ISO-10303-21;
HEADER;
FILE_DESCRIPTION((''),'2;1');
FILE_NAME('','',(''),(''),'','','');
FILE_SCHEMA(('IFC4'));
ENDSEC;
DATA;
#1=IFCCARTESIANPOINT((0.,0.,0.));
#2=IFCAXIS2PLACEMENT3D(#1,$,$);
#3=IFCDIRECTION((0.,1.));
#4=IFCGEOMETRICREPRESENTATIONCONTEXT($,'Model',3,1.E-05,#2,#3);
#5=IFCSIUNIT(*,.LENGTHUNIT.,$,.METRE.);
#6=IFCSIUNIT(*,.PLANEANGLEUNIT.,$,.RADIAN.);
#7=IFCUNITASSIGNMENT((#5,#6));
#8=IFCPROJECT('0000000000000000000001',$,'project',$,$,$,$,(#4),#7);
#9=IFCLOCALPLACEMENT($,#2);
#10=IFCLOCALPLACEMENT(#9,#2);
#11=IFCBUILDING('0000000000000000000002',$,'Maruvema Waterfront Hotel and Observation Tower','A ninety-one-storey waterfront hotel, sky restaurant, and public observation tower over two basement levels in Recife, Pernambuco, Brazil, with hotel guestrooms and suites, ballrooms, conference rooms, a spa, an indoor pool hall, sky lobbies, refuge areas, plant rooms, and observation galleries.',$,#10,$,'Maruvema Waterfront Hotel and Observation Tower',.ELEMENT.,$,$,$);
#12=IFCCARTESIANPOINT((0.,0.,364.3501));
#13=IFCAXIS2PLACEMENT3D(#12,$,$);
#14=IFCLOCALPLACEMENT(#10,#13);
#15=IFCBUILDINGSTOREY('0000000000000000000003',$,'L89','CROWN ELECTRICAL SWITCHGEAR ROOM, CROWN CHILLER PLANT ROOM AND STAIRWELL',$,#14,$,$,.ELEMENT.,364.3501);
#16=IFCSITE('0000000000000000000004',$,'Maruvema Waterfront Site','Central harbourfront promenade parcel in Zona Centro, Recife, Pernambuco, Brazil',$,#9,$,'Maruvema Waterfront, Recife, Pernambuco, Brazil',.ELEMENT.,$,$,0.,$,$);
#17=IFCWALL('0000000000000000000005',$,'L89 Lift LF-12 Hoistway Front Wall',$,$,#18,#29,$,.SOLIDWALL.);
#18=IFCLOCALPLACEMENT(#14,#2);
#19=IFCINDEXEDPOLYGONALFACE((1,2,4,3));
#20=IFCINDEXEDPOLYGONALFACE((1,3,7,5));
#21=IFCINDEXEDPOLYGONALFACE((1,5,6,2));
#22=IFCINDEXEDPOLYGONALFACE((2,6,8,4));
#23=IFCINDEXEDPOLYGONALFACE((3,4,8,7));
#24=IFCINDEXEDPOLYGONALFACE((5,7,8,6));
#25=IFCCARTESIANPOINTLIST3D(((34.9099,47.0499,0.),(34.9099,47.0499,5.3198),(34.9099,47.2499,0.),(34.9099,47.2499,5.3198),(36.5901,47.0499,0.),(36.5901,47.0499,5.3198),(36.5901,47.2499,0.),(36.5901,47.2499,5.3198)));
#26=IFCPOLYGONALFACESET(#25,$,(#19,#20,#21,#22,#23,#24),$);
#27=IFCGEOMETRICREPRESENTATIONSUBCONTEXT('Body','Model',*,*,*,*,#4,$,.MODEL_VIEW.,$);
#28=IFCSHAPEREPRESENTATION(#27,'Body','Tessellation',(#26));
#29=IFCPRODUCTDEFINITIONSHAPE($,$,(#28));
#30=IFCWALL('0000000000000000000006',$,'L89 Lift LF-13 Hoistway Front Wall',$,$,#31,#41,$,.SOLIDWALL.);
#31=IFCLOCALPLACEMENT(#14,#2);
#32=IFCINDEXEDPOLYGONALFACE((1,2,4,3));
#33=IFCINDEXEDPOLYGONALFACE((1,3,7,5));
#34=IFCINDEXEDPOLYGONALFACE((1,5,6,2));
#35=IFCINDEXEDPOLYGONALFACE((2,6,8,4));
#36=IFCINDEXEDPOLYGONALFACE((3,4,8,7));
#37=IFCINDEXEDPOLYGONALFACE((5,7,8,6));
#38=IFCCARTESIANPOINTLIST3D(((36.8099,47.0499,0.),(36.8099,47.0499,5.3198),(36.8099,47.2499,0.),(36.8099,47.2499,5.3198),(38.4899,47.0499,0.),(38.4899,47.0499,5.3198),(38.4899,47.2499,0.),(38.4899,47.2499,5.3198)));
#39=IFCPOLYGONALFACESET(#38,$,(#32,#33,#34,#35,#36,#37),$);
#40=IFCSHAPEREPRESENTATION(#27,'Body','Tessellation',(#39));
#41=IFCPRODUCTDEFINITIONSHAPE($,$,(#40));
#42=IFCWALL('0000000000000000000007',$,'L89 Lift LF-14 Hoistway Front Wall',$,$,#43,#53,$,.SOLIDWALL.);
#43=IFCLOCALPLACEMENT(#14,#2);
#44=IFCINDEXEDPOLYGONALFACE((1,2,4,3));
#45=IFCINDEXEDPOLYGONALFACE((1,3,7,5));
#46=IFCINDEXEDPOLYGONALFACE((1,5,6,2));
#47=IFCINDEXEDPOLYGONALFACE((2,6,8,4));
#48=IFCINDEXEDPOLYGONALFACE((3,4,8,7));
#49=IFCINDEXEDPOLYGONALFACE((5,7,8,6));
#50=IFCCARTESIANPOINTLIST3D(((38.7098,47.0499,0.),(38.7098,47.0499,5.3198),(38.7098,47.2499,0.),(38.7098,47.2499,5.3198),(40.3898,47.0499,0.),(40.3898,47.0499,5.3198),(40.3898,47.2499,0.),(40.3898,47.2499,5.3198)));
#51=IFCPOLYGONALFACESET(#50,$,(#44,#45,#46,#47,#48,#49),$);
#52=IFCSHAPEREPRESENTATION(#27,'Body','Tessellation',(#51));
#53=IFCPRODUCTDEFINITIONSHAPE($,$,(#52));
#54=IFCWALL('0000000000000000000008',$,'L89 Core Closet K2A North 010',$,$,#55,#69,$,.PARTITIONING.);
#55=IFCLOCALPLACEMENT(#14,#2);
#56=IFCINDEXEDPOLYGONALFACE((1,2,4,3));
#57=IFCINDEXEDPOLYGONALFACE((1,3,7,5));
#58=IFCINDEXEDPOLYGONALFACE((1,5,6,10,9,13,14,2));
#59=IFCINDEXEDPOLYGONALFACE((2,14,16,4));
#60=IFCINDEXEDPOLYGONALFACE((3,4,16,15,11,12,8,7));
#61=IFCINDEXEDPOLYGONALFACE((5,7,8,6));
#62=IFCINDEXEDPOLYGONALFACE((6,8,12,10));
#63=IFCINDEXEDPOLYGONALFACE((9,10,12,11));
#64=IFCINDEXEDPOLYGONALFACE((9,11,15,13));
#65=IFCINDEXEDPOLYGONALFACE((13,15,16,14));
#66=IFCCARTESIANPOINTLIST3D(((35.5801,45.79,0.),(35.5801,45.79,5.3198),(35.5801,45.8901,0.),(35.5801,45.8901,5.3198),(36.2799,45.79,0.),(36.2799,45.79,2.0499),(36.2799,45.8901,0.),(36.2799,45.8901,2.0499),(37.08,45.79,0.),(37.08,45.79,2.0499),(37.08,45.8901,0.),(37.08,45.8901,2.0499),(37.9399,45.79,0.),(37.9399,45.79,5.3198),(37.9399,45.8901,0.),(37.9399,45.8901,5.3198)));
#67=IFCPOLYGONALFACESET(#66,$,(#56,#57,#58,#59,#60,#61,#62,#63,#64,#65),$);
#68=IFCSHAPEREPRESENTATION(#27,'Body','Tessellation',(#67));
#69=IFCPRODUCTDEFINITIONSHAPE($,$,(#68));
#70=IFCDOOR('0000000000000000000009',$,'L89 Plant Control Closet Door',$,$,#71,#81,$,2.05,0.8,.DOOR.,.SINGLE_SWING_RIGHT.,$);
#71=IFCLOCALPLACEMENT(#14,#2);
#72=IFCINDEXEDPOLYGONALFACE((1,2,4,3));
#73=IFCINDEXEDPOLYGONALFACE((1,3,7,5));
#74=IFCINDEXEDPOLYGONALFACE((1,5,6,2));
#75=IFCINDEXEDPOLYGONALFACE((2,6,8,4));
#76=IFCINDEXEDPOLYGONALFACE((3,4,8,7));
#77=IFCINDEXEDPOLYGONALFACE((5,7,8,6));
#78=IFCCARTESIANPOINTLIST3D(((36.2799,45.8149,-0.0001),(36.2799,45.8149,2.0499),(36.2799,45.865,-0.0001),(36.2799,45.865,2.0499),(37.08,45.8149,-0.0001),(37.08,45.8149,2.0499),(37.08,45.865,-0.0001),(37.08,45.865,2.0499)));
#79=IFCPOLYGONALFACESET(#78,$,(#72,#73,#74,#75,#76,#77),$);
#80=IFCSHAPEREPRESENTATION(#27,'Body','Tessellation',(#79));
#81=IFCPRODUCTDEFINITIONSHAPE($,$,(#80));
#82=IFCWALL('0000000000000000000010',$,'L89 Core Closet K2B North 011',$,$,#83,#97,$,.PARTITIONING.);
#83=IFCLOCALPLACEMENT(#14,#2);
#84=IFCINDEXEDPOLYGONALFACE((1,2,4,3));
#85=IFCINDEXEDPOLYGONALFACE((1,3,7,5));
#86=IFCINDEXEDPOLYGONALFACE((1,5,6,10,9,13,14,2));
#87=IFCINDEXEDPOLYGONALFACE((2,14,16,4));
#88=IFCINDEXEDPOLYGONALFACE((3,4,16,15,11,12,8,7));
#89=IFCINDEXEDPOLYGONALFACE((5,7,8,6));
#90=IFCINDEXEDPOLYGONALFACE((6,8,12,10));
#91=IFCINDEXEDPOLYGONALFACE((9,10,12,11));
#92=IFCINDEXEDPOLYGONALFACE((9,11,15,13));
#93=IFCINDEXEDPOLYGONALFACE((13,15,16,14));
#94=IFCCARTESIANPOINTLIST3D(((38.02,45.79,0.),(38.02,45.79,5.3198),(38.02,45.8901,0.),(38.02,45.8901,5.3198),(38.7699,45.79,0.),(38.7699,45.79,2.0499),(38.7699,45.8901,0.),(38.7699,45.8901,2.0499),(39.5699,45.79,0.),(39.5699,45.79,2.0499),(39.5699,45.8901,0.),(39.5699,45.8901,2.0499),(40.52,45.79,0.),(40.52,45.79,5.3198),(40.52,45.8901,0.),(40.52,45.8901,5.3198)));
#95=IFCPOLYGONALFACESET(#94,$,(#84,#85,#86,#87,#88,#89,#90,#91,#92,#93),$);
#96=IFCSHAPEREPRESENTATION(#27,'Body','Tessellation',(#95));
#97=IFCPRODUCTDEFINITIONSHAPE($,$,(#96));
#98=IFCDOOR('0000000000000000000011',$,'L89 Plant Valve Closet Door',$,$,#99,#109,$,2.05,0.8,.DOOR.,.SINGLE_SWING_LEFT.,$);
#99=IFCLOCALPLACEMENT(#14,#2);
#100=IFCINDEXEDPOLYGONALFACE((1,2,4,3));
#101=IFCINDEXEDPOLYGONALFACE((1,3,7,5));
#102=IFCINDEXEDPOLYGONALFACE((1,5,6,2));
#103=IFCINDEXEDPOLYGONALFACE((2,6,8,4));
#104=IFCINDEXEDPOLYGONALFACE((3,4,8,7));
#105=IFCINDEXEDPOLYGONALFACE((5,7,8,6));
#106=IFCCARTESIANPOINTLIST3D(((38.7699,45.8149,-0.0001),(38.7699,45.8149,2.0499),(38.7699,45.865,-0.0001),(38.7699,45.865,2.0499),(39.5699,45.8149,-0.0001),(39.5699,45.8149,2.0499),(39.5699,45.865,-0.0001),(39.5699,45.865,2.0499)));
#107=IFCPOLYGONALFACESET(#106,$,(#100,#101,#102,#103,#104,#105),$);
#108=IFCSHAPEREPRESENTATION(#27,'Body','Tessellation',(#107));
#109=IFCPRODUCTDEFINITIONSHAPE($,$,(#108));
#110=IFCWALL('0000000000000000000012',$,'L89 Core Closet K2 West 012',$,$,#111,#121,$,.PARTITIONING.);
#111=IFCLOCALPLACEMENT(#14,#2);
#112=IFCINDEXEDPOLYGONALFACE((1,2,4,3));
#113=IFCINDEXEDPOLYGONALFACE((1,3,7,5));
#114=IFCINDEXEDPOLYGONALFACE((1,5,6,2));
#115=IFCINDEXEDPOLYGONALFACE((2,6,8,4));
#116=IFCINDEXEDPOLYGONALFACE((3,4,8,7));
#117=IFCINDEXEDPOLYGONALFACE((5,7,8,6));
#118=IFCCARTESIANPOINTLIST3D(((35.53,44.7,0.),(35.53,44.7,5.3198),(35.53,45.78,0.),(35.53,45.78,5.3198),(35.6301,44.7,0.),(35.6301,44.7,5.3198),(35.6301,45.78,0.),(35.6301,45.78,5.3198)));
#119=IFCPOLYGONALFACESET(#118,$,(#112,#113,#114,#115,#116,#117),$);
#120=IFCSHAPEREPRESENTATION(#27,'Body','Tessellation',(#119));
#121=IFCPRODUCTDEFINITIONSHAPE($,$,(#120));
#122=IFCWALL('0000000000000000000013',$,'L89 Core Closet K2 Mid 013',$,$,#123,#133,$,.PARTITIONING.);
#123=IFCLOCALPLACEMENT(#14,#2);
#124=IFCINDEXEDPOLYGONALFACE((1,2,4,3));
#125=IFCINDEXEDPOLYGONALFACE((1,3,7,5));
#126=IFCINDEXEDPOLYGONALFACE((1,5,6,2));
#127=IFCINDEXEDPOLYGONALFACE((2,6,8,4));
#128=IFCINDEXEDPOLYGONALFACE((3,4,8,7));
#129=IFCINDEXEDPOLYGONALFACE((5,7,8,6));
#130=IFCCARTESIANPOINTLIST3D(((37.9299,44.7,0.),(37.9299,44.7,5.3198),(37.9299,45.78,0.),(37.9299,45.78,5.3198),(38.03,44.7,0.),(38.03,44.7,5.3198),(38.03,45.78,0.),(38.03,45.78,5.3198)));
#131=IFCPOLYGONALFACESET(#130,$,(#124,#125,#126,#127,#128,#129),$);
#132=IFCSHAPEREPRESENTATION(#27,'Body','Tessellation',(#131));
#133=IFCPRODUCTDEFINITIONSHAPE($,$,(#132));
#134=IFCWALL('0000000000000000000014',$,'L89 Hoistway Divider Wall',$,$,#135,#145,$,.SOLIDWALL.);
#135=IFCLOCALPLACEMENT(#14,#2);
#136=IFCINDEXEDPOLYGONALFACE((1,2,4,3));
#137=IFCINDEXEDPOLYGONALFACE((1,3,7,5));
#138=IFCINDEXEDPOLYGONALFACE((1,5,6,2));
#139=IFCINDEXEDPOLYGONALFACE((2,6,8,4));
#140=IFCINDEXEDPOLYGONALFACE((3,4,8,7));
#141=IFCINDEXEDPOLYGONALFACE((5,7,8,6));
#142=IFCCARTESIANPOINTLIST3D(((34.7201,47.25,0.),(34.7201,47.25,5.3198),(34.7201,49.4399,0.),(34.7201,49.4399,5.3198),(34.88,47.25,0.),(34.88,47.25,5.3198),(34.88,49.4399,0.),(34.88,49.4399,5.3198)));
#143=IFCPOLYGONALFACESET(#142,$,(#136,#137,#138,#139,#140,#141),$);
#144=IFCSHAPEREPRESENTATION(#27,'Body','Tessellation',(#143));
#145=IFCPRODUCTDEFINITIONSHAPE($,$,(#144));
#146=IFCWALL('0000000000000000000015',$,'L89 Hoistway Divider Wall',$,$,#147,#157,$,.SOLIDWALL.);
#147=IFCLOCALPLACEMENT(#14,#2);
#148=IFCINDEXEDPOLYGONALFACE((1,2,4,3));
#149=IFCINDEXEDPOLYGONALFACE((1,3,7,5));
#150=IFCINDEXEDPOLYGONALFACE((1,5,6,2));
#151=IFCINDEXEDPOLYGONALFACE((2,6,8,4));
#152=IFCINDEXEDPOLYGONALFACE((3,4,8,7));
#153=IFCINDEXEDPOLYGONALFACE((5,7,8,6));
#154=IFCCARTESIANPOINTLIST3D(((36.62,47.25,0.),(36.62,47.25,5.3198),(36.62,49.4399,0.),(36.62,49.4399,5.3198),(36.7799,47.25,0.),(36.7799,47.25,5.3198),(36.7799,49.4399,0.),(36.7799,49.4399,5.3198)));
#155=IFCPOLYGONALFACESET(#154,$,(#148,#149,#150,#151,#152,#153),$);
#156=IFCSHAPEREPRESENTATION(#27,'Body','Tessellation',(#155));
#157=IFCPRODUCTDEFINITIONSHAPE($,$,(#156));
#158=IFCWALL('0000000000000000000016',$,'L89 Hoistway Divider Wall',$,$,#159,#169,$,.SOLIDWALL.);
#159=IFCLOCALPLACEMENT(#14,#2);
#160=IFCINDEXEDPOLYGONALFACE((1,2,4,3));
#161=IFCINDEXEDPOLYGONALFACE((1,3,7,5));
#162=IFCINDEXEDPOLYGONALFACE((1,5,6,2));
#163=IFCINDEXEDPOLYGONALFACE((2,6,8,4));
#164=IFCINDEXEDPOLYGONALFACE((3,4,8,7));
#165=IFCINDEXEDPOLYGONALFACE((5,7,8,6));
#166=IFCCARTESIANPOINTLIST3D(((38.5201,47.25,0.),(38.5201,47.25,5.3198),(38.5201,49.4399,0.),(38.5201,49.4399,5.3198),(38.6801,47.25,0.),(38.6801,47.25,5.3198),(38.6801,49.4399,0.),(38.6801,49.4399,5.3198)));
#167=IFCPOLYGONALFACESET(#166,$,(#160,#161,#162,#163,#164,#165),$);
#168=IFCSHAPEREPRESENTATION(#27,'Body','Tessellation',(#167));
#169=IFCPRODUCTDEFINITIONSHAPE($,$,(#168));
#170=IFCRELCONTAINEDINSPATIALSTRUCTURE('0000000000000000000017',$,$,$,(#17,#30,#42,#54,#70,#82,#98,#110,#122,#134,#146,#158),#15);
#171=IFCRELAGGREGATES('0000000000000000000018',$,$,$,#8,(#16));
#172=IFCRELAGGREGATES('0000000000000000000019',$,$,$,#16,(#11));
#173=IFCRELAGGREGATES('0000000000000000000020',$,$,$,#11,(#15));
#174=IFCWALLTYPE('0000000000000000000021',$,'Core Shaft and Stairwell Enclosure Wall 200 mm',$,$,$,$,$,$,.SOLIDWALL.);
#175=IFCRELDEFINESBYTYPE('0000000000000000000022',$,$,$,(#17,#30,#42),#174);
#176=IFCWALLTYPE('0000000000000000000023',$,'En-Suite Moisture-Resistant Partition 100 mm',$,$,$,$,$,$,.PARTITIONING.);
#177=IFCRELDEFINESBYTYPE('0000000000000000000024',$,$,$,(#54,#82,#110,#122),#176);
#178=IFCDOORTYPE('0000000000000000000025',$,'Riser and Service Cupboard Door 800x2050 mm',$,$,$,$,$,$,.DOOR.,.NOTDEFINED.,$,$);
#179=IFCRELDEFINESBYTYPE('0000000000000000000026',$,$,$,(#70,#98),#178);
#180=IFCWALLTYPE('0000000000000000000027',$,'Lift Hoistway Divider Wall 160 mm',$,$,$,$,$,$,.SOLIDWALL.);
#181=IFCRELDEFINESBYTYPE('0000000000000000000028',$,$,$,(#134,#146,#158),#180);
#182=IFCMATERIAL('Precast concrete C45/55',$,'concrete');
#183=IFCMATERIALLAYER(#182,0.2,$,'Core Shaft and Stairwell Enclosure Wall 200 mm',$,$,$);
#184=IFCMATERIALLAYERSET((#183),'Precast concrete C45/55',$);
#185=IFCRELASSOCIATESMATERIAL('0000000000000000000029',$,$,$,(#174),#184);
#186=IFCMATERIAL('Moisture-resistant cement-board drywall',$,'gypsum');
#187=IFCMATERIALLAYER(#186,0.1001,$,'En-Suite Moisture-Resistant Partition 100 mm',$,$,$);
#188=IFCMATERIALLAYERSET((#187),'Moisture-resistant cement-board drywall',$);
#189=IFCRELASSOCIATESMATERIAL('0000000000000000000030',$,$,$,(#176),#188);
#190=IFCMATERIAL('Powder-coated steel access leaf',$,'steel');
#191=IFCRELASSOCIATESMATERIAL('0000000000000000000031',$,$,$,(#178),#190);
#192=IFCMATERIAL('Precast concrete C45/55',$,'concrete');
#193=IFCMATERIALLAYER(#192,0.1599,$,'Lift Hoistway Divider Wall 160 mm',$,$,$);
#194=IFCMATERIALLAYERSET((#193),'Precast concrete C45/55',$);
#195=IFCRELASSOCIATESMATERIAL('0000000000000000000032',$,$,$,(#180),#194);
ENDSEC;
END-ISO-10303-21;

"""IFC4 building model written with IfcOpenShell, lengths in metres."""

from ifc_helpers import new_model, si_unit, direction, frame, frame_2d, origin, place, context, subcontext, project, spatial, rectangle, extrude, material, layer, layer_set, type_object, element, fill, save


model = new_model("IFC4")

# Units and contexts
model_context = context("Model", 3, precision=1e-05, world=origin(), true_north=direction((0.0, 1.0)))
body_context = subcontext(model_context, "Body", "Model", "MODEL_VIEW")
ifc_project = project(units=[si_unit("LENGTHUNIT", "METRE"), si_unit("PLANEANGLEUNIT", "RADIAN")], contexts=[model_context])

# Site, building, storey
site_placement = place(None, origin())
site = spatial("IfcSite", under=ifc_project, at=site_placement, Name="Maruvema Waterfront Site", Description="Central harbourfront promenade parcel in Zona Centro, Recife, Pernambuco, Brazil", LongName="Maruvema Waterfront, Recife, Pernambuco, Brazil", CompositionType="ELEMENT", RefElevation=0.0)
building_placement = place(site_placement, origin())
building = spatial("IfcBuilding", under=site, at=building_placement, Name="Maruvema Waterfront Hotel and Observation Tower", Description="A ninety-one-storey waterfront hotel, sky restaurant, and public observation tower over two basement levels in Recife, Pernambuco, Brazil, with hotel guestrooms and suites, ballrooms, conference rooms, a spa, an indoor pool hall, sky lobbies, refuge areas, plant rooms, and observation galleries.", LongName="Maruvema Waterfront Hotel and Observation Tower", CompositionType="ELEMENT")
storey_placement = place(building_placement, frame((0.0, 0.0, 364.3501)))
storey = spatial("IfcBuildingStorey", under=building, at=storey_placement, Name="L89", Description="CROWN ELECTRICAL SWITCHGEAR ROOM, CROWN CHILLER PLANT ROOM AND STAIRWELL", CompositionType="ELEMENT", Elevation=364.3501)

# Walls
ifc_material_1 = material(Name="Precast concrete C45/55", Category="concrete")
ifc_layer_1 = layer(ifc_material_1, 0.2, Name="Core Shaft and Stairwell Enclosure Wall 200 mm")
ifc_layer_set_1 = layer_set([ifc_layer_1], Name="Precast concrete C45/55")
wall_type_1 = type_object("IfcWallType", Name="Core Shaft and Stairwell Enclosure Wall 200 mm", PredefinedType="SOLIDWALL", material=ifc_layer_set_1)
wall_1_placement = place(storey_placement, frame((34.9099, 47.1499, 0.0), z_axis=(0.0, 0.0, 1.0), x_axis=(1.0, 0.0, 0.0)))
element("IfcWall", 1, at=wall_1_placement, inside=storey, type_object=wall_type_1, Name="L89 Lift LF-12 Hoistway Front Wall", PredefinedType="SOLIDWALL", context=body_context, shape_type="SweptSolid", body=[
    extrude(rectangle(XDim=1.6802, YDim=0.2, at=frame_2d((0.8401, 0.0))), origin(), (0.0, 0.0, 1.0), 5.3198),
])
for number, where, z_axis, x_axis, name in (
    (2, (36.8101, 47.1499, 0.0), (0.0, 0.0, 1.0), (1.0, 0.0, 0.0), "L89 Lift LF-13 Hoistway Front Wall"),
    (3, (38.71, 47.1499, 0.0), (0.0, 0.0, 1.0), (1.0, 0.0, 0.0), "L89 Lift LF-14 Hoistway Front Wall"),
):
    element("IfcWall", number, at=place(storey_placement, frame(where, z_axis=z_axis, x_axis=x_axis)), inside=storey, type_object=wall_type_1, Name=name, PredefinedType="SOLIDWALL", context=body_context, shape_type="SweptSolid", body=[
        extrude(rectangle(XDim=1.6799, YDim=0.2, at=frame_2d((0.8398, 0.0))), origin(), (0.0, 0.0, 1.0), 5.3198),
    ])

# Walls, openings, doors
ifc_material_2 = material(Name="Moisture-resistant cement-board drywall", Category="gypsum")
ifc_layer_2 = layer(ifc_material_2, 0.1001, Name="En-Suite Moisture-Resistant Partition 100 mm")
ifc_layer_set_2 = layer_set([ifc_layer_2], Name="Moisture-resistant cement-board drywall")
wall_type_2 = type_object("IfcWallType", Name="En-Suite Moisture-Resistant Partition 100 mm", PredefinedType="PARTITIONING", material=ifc_layer_set_2)
wall_2_placement = place(storey_placement, frame((35.5801, 45.8401, 0.0), z_axis=(0.0, 0.0, 1.0), x_axis=(1.0, 0.0, 0.0)))
wall_2 = element("IfcWall", 4, at=wall_2_placement, inside=storey, type_object=wall_type_2, Name="L89 Core Closet K2A North 010", PredefinedType="PARTITIONING", context=body_context, shape_type="SweptSolid", body=[
    extrude(rectangle(XDim=2.3599, YDim=0.1001, at=frame_2d((1.1799, 0.0))), origin(), (0.0, 0.0, 1.0), 5.3198),
])
opening_1_placement = place(wall_2_placement, frame((0.7, 0.0, 0.0)))
opening_1 = element("IfcOpeningElement", 5, at=opening_1_placement, cuts=wall_2, PredefinedType="OPENING", context=body_context, shape_type="SweptSolid", body=[
    extrude(rectangle(XDim=0.8, YDim=2.05, at=frame_2d((0.3999, 1.0249))), frame((0.0, 0.0601, 0.0), z_axis=(0.0, -1.0, 0.0), x_axis=(1.0, 0.0, 0.0)), (0.0, 0.0, 1.0), 0.1201),
])
ifc_material_3 = material(Name="Powder-coated steel access leaf", Category="steel")
door_type = type_object("IfcDoorType", Name="Riser and Service Cupboard Door 800x2050 mm", OperationType="NOTDEFINED", PredefinedType="DOOR", material=ifc_material_3)
door_1_placement = place(opening_1_placement, origin())
door_1 = element("IfcDoor", 6, at=door_1_placement, inside=storey, type_object=door_type, Name="L89 Plant Control Closet Door", OperationType="SINGLE_SWING_RIGHT", OverallHeight=2.05, OverallWidth=0.8, PredefinedType="DOOR", context=body_context, shape_type="SweptSolid", body=[
    extrude(rectangle(XDim=0.8, YDim=2.05, at=frame_2d((0.3999, 1.0249))), frame((0.0, 0.0249, 0.0), z_axis=(0.0, -1.0, 0.0), x_axis=(1.0, 0.0, 0.0)), (0.0, 0.0, 1.0), 0.05),
])
fill(opening_1, door_1)
wall_3_placement = place(storey_placement, frame((38.02, 45.8401, 0.0), z_axis=(0.0, 0.0, 1.0), x_axis=(1.0, 0.0, 0.0)))
wall_3 = element("IfcWall", 7, at=wall_3_placement, inside=storey, type_object=wall_type_2, Name="L89 Core Closet K2B North 011", PredefinedType="PARTITIONING", context=body_context, shape_type="SweptSolid", body=[
    extrude(rectangle(XDim=2.5, YDim=0.1001, at=frame_2d((1.25, 0.0))), origin(), (0.0, 0.0, 1.0), 5.3198),
])
opening_2_placement = place(wall_3_placement, frame((0.75, 0.0, 0.0)))
opening_2 = element("IfcOpeningElement", 8, at=opening_2_placement, cuts=wall_3, PredefinedType="OPENING", context=body_context, shape_type="SweptSolid", body=[
    extrude(rectangle(XDim=0.8, YDim=2.05, at=frame_2d((0.3999, 1.0249))), frame((0.0, 0.0601, 0.0), z_axis=(0.0, -1.0, 0.0), x_axis=(1.0, 0.0, 0.0)), (0.0, 0.0, 1.0), 0.1201),
])
door_2_placement = place(opening_2_placement, origin())
door_2 = element("IfcDoor", 9, at=door_2_placement, inside=storey, type_object=door_type, Name="L89 Plant Valve Closet Door", OperationType="SINGLE_SWING_LEFT", OverallHeight=2.05, OverallWidth=0.8, PredefinedType="DOOR", context=body_context, shape_type="SweptSolid", body=[
    extrude(rectangle(XDim=0.8, YDim=2.05, at=frame_2d((0.3999, 1.0249))), frame((0.0, 0.0249, 0.0), z_axis=(0.0, -1.0, 0.0), x_axis=(1.0, 0.0, 0.0)), (0.0, 0.0, 1.0), 0.05),
])
fill(opening_2, door_2)

# Walls
for number, where, z_axis, x_axis, name in (
    (10, (35.5801, 44.7, 0.0), (0.0, 0.0, 1.0), (0.0, 1.0, 0.0), "L89 Core Closet K2 West 012"),
    (11, (37.98, 44.7, 0.0), (0.0, 0.0, 1.0), (0.0, 1.0, 0.0), "L89 Core Closet K2 Mid 013"),
):
    element("IfcWall", number, at=place(storey_placement, frame(where, z_axis=z_axis, x_axis=x_axis)), inside=storey, type_object=wall_type_2, Name=name, PredefinedType="PARTITIONING", context=body_context, shape_type="SweptSolid", body=[
        extrude(rectangle(XDim=1.0801, YDim=0.1001, at=frame_2d((0.54, 0.0))), origin(), (0.0, 0.0, 1.0), 5.3198),
    ])
ifc_material_4 = material(Name="Precast concrete C45/55", Category="concrete")
ifc_layer_3 = layer(ifc_material_4, 0.1599, Name="Lift Hoistway Divider Wall 160 mm")
ifc_layer_set_3 = layer_set([ifc_layer_3], Name="Precast concrete C45/55")
wall_type_3 = type_object("IfcWallType", Name="Lift Hoistway Divider Wall 160 mm", PredefinedType="SOLIDWALL", material=ifc_layer_set_3)
for number, where, z_axis, x_axis, name in (
    (12, (34.8, 47.25, 0.0), (0.0, 0.0, 1.0), (0.0, 1.0, 0.0), "L89 Hoistway Divider Wall"),
    (13, (36.7, 47.25, 0.0), (0.0, 0.0, 1.0), (0.0, 1.0, 0.0), "L89 Hoistway Divider Wall"),
    (14, (38.6001, 47.25, 0.0), (0.0, 0.0, 1.0), (0.0, 1.0, 0.0), "L89 Hoistway Divider Wall"),
):
    element("IfcWall", number, at=place(storey_placement, frame(where, z_axis=z_axis, x_axis=x_axis)), inside=storey, type_object=wall_type_3, Name=name, PredefinedType="SOLIDWALL", context=body_context, shape_type="SweptSolid", body=[
        extrude(rectangle(XDim=2.1899, YDim=0.1599, at=frame_2d((1.095, 0.0))), origin(), (0.0, 0.0, 1.0), 5.3198),
    ])

save(model, "model.ifc")
